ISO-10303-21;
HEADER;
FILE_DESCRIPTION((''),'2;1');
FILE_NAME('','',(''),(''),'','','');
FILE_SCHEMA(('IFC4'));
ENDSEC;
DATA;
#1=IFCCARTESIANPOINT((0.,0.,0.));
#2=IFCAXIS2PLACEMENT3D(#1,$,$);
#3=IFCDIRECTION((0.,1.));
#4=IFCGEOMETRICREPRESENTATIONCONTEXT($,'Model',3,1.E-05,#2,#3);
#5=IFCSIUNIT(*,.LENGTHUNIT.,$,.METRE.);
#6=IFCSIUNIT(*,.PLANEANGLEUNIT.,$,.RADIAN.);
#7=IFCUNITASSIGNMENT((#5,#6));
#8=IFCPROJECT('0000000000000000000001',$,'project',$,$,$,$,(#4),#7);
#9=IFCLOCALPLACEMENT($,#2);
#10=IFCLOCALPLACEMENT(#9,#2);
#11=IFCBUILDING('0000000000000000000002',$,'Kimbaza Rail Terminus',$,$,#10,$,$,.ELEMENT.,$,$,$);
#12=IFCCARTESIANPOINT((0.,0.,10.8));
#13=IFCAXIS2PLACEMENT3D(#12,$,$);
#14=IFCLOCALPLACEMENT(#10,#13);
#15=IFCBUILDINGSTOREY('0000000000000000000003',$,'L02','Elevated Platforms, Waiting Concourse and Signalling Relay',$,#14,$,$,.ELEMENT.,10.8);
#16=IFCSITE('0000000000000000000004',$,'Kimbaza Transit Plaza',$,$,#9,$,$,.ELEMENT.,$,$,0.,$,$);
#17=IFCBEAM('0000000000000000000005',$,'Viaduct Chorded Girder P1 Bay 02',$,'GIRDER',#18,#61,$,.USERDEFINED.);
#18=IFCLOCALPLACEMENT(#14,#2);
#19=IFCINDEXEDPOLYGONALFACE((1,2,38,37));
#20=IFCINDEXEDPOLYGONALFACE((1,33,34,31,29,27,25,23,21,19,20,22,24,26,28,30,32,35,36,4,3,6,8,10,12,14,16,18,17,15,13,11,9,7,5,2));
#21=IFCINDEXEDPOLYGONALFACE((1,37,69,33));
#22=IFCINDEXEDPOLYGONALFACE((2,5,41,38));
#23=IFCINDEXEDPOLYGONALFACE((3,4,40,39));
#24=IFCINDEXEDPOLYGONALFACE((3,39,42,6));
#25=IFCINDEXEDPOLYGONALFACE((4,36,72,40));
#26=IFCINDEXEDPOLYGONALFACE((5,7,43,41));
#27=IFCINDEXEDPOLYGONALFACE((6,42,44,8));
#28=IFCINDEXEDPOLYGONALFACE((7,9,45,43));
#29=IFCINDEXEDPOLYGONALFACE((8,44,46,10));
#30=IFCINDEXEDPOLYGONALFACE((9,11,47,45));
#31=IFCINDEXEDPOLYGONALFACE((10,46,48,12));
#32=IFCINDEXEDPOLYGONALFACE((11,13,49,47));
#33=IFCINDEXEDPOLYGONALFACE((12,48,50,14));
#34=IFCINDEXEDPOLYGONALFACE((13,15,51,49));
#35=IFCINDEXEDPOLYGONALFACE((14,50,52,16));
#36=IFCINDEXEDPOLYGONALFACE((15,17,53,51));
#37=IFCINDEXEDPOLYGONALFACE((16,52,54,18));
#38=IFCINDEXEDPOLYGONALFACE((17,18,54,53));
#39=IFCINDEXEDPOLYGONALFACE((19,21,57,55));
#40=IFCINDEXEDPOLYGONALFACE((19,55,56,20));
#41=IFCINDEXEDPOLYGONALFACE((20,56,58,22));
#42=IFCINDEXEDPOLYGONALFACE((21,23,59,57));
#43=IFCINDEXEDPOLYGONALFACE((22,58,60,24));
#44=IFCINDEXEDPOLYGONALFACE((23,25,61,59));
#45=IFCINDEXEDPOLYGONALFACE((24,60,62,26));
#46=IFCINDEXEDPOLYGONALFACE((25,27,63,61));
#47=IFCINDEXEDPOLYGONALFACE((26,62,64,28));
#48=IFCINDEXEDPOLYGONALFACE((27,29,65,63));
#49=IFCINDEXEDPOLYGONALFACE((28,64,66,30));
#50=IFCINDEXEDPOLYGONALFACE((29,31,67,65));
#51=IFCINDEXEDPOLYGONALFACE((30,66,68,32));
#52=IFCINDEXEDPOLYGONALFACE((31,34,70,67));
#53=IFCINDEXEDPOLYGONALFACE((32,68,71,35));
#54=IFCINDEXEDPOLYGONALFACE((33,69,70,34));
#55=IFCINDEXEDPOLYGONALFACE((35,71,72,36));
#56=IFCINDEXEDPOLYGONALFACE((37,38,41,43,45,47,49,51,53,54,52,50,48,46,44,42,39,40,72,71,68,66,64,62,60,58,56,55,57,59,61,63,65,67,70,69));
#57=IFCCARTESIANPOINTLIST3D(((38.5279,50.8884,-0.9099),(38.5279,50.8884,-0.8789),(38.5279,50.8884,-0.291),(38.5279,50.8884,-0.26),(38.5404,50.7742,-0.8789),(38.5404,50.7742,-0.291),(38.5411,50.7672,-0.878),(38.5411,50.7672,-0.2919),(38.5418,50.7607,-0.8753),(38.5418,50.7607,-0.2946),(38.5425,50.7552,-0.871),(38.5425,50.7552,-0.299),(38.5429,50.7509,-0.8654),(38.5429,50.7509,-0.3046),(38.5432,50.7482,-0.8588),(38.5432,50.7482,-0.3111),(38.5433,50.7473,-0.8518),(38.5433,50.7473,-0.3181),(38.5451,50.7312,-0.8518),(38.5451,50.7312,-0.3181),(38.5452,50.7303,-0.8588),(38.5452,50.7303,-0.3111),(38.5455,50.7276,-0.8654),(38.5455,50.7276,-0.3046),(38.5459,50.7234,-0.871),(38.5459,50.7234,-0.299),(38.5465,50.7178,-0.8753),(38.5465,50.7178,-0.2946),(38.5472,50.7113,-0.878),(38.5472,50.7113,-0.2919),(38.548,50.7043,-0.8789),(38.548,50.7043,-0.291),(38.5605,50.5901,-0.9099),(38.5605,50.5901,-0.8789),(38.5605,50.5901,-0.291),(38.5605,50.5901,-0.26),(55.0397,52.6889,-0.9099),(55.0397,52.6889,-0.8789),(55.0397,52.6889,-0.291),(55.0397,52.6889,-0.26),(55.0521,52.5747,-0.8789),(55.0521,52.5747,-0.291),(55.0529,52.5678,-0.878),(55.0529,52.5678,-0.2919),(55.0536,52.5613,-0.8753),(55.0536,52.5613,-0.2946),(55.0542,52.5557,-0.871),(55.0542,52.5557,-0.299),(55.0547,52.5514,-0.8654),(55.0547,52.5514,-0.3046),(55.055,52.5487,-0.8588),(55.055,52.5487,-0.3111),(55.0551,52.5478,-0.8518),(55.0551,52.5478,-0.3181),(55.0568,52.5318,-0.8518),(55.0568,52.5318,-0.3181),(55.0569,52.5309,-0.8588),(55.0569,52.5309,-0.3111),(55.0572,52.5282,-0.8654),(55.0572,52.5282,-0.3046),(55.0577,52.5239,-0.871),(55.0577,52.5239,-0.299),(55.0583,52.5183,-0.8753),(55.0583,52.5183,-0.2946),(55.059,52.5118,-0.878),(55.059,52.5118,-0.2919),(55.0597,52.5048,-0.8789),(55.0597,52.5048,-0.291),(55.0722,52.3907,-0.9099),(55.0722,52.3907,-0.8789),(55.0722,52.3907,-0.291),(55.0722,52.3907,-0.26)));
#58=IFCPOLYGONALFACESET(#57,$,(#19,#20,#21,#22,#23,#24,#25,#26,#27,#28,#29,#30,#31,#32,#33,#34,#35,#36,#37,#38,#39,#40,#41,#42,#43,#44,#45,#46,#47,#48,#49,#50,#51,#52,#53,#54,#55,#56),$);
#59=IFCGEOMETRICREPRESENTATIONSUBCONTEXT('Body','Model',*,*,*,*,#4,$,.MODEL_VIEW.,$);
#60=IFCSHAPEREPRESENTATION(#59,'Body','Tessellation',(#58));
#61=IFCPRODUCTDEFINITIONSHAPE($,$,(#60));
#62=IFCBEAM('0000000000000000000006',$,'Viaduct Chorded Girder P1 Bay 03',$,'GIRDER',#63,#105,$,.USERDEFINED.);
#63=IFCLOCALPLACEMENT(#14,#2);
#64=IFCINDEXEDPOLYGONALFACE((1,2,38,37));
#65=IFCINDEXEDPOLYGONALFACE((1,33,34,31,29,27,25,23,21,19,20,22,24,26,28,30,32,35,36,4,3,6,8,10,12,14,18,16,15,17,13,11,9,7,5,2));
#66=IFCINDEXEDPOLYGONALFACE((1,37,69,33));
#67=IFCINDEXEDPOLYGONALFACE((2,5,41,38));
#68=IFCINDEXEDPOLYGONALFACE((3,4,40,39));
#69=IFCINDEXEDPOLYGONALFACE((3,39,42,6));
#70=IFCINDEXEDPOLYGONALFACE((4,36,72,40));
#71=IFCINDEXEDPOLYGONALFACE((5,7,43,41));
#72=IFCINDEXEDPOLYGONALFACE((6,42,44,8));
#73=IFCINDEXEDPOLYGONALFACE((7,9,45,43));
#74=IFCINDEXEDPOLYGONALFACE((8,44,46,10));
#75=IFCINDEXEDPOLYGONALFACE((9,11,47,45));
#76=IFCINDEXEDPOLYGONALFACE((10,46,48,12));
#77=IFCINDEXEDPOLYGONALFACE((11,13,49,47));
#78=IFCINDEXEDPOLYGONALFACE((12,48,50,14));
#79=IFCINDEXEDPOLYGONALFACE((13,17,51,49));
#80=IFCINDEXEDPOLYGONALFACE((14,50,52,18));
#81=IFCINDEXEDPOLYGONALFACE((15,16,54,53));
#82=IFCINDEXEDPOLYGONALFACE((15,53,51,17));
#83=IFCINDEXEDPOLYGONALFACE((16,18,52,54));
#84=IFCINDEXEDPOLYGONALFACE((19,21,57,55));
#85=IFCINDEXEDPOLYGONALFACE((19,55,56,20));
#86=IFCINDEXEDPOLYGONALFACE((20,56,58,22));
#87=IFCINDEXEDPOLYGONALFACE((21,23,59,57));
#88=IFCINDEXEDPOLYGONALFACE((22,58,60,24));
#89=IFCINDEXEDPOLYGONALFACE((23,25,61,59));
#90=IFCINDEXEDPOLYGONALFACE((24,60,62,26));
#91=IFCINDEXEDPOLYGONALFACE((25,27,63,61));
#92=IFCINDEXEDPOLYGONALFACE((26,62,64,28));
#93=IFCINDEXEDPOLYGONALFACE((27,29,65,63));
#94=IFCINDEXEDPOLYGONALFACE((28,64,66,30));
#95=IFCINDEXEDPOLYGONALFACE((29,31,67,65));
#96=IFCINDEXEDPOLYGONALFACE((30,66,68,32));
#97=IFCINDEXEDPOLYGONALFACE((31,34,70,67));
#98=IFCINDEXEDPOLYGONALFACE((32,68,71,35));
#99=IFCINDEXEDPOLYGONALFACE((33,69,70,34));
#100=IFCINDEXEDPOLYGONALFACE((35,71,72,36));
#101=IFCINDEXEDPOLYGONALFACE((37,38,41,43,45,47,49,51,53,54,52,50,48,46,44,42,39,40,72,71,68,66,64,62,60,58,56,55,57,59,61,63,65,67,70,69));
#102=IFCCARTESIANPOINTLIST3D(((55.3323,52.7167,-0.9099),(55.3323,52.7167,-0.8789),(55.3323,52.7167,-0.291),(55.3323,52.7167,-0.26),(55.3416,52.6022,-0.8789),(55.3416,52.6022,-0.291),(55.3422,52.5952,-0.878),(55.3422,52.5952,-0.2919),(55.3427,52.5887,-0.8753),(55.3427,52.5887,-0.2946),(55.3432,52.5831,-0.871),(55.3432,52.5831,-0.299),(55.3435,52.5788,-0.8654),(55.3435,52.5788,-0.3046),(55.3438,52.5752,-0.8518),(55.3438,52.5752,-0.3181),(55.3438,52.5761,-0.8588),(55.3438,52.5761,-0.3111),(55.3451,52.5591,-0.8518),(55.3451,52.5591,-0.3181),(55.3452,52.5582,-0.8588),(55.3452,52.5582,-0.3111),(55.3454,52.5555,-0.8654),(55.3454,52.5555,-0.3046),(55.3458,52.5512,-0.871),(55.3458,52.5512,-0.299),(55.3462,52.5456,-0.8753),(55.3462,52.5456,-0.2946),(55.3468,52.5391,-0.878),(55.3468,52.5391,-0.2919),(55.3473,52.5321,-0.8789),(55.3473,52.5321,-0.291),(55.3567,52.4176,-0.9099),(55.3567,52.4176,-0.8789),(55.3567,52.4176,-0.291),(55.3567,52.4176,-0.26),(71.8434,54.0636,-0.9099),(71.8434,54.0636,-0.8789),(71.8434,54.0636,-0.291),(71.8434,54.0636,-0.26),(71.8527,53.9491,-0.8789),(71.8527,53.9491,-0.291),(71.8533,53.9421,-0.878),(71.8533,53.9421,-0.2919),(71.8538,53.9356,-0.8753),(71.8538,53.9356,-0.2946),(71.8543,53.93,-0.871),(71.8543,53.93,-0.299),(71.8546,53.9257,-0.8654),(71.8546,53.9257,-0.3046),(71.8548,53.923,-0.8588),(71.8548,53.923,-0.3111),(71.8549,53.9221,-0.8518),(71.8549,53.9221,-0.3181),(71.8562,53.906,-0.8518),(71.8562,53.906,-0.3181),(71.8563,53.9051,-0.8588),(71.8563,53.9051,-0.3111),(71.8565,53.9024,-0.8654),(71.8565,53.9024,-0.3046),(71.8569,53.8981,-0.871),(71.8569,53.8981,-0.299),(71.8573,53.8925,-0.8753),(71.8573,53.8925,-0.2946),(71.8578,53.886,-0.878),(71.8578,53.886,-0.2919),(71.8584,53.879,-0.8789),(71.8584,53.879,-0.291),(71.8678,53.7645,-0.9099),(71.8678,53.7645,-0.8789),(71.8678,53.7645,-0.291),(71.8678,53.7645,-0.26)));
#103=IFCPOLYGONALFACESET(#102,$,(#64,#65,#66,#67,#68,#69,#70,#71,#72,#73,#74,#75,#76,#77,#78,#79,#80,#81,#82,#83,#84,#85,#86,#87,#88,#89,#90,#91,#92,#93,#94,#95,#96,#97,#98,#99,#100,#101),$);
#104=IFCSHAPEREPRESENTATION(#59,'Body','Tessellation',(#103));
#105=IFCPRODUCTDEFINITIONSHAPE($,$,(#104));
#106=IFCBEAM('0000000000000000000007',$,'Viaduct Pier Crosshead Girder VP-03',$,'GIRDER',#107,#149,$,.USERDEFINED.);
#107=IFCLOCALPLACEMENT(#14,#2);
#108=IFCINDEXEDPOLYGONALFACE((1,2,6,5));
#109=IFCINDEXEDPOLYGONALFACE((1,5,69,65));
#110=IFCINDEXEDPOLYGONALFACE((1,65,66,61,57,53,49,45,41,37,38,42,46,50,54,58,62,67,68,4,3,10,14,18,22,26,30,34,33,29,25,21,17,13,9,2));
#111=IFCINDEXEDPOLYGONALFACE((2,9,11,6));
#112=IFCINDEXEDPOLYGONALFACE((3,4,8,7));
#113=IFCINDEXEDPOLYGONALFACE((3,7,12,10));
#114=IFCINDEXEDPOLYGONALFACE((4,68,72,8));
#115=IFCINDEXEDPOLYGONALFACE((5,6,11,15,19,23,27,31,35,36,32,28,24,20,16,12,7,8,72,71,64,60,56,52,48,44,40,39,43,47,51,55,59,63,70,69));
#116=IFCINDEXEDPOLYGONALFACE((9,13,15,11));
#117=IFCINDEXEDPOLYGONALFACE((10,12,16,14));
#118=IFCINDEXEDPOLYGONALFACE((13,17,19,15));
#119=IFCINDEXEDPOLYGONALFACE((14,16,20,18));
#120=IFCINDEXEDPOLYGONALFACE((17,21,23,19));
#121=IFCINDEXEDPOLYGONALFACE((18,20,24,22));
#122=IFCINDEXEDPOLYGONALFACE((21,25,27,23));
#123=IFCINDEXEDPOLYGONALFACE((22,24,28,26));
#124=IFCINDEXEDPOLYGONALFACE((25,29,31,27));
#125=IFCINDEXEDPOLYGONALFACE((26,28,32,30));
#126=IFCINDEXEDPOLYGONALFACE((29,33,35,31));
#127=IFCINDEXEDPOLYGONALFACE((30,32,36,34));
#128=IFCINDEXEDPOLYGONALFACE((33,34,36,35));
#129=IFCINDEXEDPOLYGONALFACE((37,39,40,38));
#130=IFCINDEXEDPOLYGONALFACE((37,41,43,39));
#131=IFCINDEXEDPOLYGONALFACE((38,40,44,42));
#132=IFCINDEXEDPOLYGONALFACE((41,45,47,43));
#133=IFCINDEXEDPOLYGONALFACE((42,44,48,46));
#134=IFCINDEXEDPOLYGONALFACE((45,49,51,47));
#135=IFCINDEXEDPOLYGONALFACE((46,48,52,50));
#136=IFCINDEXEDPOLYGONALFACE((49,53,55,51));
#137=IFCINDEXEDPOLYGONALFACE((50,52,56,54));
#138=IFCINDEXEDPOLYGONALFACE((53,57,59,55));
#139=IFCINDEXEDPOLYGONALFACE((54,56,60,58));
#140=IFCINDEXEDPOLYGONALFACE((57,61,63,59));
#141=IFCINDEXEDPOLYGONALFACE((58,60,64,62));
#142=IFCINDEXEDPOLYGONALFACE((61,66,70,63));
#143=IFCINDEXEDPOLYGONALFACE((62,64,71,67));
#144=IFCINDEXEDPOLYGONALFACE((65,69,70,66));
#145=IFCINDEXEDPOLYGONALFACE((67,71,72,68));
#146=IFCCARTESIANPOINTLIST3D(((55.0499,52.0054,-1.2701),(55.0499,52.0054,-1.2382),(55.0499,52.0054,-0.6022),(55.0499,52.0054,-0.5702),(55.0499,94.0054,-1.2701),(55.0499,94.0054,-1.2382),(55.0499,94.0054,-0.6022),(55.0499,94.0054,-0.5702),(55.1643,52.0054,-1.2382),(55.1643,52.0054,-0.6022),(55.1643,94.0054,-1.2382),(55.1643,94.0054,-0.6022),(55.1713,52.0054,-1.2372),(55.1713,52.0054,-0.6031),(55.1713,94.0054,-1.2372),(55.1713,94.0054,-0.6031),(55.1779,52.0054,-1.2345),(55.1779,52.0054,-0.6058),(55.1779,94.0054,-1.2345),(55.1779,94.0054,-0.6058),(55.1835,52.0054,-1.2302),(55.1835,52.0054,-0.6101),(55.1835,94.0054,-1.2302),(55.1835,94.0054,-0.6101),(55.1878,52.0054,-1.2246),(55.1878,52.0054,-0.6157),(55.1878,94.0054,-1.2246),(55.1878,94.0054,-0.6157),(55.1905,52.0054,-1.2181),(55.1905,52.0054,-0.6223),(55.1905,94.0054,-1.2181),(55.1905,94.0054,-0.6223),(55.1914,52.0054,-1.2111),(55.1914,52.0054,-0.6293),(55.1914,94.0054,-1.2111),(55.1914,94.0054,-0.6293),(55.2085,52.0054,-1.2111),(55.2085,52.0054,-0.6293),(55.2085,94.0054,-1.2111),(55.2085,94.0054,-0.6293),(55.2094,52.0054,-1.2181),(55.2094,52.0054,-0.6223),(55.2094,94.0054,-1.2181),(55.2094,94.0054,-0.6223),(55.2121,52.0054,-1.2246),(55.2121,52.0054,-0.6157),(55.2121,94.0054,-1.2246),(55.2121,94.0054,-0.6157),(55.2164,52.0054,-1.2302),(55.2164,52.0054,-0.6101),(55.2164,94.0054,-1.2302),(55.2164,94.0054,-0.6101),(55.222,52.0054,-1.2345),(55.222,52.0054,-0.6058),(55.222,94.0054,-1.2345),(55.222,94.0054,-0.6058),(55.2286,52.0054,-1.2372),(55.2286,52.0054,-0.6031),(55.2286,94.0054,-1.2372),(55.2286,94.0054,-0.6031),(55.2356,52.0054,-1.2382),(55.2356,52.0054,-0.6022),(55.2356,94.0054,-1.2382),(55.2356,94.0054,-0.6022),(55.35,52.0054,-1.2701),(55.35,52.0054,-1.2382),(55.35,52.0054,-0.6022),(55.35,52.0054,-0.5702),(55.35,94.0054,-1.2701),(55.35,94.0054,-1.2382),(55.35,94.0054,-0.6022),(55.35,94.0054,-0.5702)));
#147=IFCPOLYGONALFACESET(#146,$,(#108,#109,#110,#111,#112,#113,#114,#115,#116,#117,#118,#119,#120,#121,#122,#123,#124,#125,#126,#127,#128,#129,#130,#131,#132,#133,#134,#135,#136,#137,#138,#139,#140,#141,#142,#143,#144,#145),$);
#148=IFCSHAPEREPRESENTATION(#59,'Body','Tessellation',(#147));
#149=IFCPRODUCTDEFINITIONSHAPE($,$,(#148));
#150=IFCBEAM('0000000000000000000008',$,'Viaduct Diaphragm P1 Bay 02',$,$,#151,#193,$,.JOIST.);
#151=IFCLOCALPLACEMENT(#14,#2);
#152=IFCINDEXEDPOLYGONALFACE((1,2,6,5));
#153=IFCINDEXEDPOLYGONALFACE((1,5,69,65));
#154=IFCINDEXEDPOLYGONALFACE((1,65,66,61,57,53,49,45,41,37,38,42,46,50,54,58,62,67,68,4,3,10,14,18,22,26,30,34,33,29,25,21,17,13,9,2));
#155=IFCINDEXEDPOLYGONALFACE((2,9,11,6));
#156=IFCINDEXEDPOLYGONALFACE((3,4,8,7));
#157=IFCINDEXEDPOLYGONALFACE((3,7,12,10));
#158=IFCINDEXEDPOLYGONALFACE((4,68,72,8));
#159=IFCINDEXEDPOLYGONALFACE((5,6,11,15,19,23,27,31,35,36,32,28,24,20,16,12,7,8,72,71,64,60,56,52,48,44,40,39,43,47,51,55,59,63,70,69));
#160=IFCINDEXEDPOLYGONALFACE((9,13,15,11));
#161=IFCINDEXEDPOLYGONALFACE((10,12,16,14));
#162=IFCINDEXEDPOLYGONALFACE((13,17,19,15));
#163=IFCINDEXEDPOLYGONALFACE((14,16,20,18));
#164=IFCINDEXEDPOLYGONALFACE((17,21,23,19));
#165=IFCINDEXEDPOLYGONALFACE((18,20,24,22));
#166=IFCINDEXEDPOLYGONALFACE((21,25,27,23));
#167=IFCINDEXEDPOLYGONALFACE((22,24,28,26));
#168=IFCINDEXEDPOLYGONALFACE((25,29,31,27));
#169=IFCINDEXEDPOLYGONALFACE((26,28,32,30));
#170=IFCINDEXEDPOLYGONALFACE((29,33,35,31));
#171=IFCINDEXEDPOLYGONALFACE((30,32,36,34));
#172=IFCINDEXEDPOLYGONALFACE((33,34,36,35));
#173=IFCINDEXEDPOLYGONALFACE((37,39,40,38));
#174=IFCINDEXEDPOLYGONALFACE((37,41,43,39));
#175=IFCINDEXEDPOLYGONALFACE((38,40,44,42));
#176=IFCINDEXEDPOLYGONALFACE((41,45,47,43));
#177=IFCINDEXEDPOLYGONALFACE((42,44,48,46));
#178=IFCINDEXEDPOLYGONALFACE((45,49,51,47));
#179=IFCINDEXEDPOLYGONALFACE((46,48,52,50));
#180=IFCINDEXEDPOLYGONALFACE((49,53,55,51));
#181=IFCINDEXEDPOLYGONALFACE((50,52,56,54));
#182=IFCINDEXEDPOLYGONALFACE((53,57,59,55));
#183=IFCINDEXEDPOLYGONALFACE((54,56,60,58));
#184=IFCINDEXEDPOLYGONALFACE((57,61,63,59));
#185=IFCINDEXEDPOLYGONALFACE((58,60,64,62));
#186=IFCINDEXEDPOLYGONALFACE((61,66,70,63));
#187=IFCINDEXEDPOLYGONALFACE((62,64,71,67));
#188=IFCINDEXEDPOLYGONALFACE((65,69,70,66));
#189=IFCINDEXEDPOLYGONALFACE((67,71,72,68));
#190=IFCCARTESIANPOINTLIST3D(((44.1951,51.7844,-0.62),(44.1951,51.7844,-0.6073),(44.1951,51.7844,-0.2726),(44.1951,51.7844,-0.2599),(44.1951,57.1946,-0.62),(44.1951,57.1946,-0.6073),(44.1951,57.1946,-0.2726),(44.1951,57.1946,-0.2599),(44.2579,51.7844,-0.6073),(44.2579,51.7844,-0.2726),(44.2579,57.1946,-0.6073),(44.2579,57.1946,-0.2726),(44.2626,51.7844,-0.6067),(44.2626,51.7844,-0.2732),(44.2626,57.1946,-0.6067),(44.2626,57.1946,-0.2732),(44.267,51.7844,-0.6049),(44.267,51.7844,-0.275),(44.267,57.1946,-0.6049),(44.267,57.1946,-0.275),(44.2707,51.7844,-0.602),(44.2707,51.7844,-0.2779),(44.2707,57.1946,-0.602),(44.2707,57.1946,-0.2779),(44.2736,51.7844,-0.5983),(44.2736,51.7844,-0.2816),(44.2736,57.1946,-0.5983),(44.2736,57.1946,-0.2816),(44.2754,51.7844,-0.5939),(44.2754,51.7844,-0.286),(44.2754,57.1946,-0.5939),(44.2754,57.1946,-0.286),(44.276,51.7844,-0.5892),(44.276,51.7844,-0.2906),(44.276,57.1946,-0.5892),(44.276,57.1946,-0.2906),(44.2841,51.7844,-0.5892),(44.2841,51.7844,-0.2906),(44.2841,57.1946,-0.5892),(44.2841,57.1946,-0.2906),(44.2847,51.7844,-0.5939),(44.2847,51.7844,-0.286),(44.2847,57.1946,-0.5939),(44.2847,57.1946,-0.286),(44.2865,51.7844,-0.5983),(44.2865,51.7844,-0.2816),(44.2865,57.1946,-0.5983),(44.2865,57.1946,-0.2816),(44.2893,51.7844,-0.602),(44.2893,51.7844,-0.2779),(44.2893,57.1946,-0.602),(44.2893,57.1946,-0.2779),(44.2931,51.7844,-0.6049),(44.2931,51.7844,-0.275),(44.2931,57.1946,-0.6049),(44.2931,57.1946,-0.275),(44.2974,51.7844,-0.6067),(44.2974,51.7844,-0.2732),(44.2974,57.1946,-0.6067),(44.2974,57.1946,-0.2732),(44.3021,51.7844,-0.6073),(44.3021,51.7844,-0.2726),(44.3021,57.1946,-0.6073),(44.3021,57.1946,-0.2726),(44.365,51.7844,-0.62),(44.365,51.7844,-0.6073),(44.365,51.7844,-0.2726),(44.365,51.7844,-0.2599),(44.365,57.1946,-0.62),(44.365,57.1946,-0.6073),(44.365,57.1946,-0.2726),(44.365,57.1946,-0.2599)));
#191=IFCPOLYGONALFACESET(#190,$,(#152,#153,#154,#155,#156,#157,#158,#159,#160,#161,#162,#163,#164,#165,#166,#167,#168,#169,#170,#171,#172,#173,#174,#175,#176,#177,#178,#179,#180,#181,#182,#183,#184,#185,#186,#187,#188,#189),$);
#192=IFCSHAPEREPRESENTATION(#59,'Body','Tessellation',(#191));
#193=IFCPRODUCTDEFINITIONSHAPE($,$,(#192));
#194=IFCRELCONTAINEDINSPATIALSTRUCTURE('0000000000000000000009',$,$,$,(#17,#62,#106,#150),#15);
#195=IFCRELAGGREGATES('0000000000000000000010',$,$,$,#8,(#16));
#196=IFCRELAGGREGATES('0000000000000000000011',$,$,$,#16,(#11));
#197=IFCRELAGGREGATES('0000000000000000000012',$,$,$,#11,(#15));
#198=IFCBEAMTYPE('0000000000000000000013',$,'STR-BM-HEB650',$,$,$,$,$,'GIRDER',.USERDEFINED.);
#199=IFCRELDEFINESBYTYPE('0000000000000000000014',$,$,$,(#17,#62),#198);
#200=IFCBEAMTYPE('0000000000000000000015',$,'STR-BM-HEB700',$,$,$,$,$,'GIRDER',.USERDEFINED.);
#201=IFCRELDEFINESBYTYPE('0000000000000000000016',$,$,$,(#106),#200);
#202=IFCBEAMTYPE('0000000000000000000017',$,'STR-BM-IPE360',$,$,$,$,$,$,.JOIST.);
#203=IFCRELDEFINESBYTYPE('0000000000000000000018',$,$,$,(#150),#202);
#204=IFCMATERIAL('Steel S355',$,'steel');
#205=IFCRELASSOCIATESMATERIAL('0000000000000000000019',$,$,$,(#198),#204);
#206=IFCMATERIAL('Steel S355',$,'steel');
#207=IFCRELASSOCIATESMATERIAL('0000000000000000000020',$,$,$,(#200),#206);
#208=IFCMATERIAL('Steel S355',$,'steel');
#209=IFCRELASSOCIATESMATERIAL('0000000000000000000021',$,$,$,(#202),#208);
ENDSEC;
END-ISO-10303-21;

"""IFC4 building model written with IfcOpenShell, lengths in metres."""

from ifc_helpers import new_model, si_unit, direction, frame, origin, origin_2d, place, context, subcontext, project, spatial, i_section, extrude, material, material_profile, profile_set, type_object, element, save


model = new_model("IFC4")

# Units and contexts
model_context = context("Model", 3, precision=1e-05, world=origin(), true_north=direction((0.0, 1.0)))
body_context = subcontext(model_context, "Body", "Model", "MODEL_VIEW")
ifc_project = project(units=[si_unit("LENGTHUNIT", "METRE"), si_unit("PLANEANGLEUNIT", "RADIAN")], contexts=[model_context])

# Site, building, storey
site_placement = place(None, origin())
site = spatial("IfcSite", under=ifc_project, at=site_placement, Name="Kimbaza Transit Plaza", CompositionType="ELEMENT", RefElevation=0.0)
building_placement = place(site_placement, origin())
building = spatial("IfcBuilding", under=site, at=building_placement, Name="Kimbaza Rail Terminus", CompositionType="ELEMENT")
storey_placement = place(building_placement, frame((0.0, 0.0, 10.8)))
storey = spatial("IfcBuildingStorey", under=building, at=storey_placement, Name="L02", Description="Elevated Platforms, Waiting Concourse and Signalling Relay", CompositionType="ELEMENT", Elevation=10.8)

# Beams
ifc_material_1 = material(Name="Steel S355", Category="steel")
ifc_material_profile_1 = material_profile(ifc_material_1, i_section(OverallWidth=0.3, OverallDepth=0.6499, WebThickness=0.0161, FlangeThickness=0.031, FilletRadius=0.0271, at=origin_2d()), Name="HEB 650")
ifc_profile_set_1 = profile_set([ifc_material_profile_1], Name="Steel S355")
beam_type_1 = type_object("IfcBeamType", Name="STR-BM-HEB650", ElementType="GIRDER", PredefinedType="USERDEFINED", material=ifc_profile_set_1)
beam_1_placement = place(storey_placement, frame((38.5442, 50.7393, -0.585), z_axis=(0.994107, 0.108403, 0.0), x_axis=(-0.108403, 0.994107, 0.0)))
element("IfcBeam", 1, at=beam_1_placement, inside=storey, type_object=beam_type_1, Name="Viaduct Chorded Girder P1 Bay 02", ObjectType="GIRDER", PredefinedType="USERDEFINED", context=body_context, shape_type="SweptSolid", body=[
    extrude(i_section(OverallWidth=0.3, OverallDepth=0.6499, WebThickness=0.0161, FlangeThickness=0.031, FilletRadius=0.0271, at=origin_2d()), origin(), (0.0, 0.0, 1.0), 16.6096),
])
beam_2_placement = place(storey_placement, frame((55.3445, 52.5671, -0.585), z_axis=(0.996689, 0.081307, 0.0), x_axis=(-0.081307, 0.996689, 0.0)))
element("IfcBeam", 2, at=beam_2_placement, inside=storey, type_object=beam_type_1, Name="Viaduct Chorded Girder P1 Bay 03", ObjectType="GIRDER", PredefinedType="USERDEFINED", context=body_context, shape_type="SweptSolid", body=[
    extrude(i_section(OverallWidth=0.3, OverallDepth=0.6499, WebThickness=0.0161, FlangeThickness=0.031, FilletRadius=0.0271, at=origin_2d()), origin(), (0.0, 0.0, 1.0), 16.5659),
])
ifc_material_2 = material(Name="Steel S355", Category="steel")
ifc_material_profile_2 = material_profile(ifc_material_2, i_section(OverallWidth=0.3, OverallDepth=0.7, WebThickness=0.0171, FlangeThickness=0.032, FilletRadius=0.0271, at=origin_2d()), Name="HEB 700")
ifc_profile_set_2 = profile_set([ifc_material_profile_2], Name="Steel S355")
beam_type_2 = type_object("IfcBeamType", Name="STR-BM-HEB700", ElementType="GIRDER", PredefinedType="USERDEFINED", material=ifc_profile_set_2)
beam_3_placement = place(storey_placement, frame((55.2, 52.0054, -0.9202), z_axis=(0.0, 1.0, 0.0), x_axis=(-1.0, 0.0, 0.0)))
element("IfcBeam", 3, at=beam_3_placement, inside=storey, type_object=beam_type_2, Name="Viaduct Pier Crosshead Girder VP-03", ObjectType="GIRDER", PredefinedType="USERDEFINED", context=body_context, shape_type="SweptSolid", body=[
    extrude(i_section(OverallWidth=0.3, OverallDepth=0.7, WebThickness=0.0171, FlangeThickness=0.032, FilletRadius=0.0271, at=origin_2d()), origin(), (0.0, 0.0, 1.0), 42.0),
])
ifc_material_3 = material(Name="Steel S355", Category="steel")
ifc_material_profile_3 = material_profile(ifc_material_3, i_section(OverallWidth=0.1699, OverallDepth=0.3601, WebThickness=0.0081, FlangeThickness=0.0127, FilletRadius=0.0181, at=origin_2d()), Name="IPE 360")
ifc_profile_set_3 = profile_set([ifc_material_profile_3], Name="Steel S355")
beam_type_3 = type_object("IfcBeamType", Name="STR-BM-IPE360", PredefinedType="JOIST", material=ifc_profile_set_3)
beam_4_placement = place(storey_placement, frame((44.28, 51.7844, -0.4399), z_axis=(0.0, 1.0, 0.0), x_axis=(-1.0, 0.0, 0.0)))
element("IfcBeam", 4, at=beam_4_placement, inside=storey, type_object=beam_type_3, Name="Viaduct Diaphragm P1 Bay 02", PredefinedType="JOIST", context=body_context, shape_type="SweptSolid", body=[
    extrude(i_section(OverallWidth=0.1699, OverallDepth=0.3601, WebThickness=0.0081, FlangeThickness=0.0127, FilletRadius=0.0181, at=origin_2d()), origin(), (0.0, 0.0, 1.0), 5.4102),
])

save(model, "model.ifc")
